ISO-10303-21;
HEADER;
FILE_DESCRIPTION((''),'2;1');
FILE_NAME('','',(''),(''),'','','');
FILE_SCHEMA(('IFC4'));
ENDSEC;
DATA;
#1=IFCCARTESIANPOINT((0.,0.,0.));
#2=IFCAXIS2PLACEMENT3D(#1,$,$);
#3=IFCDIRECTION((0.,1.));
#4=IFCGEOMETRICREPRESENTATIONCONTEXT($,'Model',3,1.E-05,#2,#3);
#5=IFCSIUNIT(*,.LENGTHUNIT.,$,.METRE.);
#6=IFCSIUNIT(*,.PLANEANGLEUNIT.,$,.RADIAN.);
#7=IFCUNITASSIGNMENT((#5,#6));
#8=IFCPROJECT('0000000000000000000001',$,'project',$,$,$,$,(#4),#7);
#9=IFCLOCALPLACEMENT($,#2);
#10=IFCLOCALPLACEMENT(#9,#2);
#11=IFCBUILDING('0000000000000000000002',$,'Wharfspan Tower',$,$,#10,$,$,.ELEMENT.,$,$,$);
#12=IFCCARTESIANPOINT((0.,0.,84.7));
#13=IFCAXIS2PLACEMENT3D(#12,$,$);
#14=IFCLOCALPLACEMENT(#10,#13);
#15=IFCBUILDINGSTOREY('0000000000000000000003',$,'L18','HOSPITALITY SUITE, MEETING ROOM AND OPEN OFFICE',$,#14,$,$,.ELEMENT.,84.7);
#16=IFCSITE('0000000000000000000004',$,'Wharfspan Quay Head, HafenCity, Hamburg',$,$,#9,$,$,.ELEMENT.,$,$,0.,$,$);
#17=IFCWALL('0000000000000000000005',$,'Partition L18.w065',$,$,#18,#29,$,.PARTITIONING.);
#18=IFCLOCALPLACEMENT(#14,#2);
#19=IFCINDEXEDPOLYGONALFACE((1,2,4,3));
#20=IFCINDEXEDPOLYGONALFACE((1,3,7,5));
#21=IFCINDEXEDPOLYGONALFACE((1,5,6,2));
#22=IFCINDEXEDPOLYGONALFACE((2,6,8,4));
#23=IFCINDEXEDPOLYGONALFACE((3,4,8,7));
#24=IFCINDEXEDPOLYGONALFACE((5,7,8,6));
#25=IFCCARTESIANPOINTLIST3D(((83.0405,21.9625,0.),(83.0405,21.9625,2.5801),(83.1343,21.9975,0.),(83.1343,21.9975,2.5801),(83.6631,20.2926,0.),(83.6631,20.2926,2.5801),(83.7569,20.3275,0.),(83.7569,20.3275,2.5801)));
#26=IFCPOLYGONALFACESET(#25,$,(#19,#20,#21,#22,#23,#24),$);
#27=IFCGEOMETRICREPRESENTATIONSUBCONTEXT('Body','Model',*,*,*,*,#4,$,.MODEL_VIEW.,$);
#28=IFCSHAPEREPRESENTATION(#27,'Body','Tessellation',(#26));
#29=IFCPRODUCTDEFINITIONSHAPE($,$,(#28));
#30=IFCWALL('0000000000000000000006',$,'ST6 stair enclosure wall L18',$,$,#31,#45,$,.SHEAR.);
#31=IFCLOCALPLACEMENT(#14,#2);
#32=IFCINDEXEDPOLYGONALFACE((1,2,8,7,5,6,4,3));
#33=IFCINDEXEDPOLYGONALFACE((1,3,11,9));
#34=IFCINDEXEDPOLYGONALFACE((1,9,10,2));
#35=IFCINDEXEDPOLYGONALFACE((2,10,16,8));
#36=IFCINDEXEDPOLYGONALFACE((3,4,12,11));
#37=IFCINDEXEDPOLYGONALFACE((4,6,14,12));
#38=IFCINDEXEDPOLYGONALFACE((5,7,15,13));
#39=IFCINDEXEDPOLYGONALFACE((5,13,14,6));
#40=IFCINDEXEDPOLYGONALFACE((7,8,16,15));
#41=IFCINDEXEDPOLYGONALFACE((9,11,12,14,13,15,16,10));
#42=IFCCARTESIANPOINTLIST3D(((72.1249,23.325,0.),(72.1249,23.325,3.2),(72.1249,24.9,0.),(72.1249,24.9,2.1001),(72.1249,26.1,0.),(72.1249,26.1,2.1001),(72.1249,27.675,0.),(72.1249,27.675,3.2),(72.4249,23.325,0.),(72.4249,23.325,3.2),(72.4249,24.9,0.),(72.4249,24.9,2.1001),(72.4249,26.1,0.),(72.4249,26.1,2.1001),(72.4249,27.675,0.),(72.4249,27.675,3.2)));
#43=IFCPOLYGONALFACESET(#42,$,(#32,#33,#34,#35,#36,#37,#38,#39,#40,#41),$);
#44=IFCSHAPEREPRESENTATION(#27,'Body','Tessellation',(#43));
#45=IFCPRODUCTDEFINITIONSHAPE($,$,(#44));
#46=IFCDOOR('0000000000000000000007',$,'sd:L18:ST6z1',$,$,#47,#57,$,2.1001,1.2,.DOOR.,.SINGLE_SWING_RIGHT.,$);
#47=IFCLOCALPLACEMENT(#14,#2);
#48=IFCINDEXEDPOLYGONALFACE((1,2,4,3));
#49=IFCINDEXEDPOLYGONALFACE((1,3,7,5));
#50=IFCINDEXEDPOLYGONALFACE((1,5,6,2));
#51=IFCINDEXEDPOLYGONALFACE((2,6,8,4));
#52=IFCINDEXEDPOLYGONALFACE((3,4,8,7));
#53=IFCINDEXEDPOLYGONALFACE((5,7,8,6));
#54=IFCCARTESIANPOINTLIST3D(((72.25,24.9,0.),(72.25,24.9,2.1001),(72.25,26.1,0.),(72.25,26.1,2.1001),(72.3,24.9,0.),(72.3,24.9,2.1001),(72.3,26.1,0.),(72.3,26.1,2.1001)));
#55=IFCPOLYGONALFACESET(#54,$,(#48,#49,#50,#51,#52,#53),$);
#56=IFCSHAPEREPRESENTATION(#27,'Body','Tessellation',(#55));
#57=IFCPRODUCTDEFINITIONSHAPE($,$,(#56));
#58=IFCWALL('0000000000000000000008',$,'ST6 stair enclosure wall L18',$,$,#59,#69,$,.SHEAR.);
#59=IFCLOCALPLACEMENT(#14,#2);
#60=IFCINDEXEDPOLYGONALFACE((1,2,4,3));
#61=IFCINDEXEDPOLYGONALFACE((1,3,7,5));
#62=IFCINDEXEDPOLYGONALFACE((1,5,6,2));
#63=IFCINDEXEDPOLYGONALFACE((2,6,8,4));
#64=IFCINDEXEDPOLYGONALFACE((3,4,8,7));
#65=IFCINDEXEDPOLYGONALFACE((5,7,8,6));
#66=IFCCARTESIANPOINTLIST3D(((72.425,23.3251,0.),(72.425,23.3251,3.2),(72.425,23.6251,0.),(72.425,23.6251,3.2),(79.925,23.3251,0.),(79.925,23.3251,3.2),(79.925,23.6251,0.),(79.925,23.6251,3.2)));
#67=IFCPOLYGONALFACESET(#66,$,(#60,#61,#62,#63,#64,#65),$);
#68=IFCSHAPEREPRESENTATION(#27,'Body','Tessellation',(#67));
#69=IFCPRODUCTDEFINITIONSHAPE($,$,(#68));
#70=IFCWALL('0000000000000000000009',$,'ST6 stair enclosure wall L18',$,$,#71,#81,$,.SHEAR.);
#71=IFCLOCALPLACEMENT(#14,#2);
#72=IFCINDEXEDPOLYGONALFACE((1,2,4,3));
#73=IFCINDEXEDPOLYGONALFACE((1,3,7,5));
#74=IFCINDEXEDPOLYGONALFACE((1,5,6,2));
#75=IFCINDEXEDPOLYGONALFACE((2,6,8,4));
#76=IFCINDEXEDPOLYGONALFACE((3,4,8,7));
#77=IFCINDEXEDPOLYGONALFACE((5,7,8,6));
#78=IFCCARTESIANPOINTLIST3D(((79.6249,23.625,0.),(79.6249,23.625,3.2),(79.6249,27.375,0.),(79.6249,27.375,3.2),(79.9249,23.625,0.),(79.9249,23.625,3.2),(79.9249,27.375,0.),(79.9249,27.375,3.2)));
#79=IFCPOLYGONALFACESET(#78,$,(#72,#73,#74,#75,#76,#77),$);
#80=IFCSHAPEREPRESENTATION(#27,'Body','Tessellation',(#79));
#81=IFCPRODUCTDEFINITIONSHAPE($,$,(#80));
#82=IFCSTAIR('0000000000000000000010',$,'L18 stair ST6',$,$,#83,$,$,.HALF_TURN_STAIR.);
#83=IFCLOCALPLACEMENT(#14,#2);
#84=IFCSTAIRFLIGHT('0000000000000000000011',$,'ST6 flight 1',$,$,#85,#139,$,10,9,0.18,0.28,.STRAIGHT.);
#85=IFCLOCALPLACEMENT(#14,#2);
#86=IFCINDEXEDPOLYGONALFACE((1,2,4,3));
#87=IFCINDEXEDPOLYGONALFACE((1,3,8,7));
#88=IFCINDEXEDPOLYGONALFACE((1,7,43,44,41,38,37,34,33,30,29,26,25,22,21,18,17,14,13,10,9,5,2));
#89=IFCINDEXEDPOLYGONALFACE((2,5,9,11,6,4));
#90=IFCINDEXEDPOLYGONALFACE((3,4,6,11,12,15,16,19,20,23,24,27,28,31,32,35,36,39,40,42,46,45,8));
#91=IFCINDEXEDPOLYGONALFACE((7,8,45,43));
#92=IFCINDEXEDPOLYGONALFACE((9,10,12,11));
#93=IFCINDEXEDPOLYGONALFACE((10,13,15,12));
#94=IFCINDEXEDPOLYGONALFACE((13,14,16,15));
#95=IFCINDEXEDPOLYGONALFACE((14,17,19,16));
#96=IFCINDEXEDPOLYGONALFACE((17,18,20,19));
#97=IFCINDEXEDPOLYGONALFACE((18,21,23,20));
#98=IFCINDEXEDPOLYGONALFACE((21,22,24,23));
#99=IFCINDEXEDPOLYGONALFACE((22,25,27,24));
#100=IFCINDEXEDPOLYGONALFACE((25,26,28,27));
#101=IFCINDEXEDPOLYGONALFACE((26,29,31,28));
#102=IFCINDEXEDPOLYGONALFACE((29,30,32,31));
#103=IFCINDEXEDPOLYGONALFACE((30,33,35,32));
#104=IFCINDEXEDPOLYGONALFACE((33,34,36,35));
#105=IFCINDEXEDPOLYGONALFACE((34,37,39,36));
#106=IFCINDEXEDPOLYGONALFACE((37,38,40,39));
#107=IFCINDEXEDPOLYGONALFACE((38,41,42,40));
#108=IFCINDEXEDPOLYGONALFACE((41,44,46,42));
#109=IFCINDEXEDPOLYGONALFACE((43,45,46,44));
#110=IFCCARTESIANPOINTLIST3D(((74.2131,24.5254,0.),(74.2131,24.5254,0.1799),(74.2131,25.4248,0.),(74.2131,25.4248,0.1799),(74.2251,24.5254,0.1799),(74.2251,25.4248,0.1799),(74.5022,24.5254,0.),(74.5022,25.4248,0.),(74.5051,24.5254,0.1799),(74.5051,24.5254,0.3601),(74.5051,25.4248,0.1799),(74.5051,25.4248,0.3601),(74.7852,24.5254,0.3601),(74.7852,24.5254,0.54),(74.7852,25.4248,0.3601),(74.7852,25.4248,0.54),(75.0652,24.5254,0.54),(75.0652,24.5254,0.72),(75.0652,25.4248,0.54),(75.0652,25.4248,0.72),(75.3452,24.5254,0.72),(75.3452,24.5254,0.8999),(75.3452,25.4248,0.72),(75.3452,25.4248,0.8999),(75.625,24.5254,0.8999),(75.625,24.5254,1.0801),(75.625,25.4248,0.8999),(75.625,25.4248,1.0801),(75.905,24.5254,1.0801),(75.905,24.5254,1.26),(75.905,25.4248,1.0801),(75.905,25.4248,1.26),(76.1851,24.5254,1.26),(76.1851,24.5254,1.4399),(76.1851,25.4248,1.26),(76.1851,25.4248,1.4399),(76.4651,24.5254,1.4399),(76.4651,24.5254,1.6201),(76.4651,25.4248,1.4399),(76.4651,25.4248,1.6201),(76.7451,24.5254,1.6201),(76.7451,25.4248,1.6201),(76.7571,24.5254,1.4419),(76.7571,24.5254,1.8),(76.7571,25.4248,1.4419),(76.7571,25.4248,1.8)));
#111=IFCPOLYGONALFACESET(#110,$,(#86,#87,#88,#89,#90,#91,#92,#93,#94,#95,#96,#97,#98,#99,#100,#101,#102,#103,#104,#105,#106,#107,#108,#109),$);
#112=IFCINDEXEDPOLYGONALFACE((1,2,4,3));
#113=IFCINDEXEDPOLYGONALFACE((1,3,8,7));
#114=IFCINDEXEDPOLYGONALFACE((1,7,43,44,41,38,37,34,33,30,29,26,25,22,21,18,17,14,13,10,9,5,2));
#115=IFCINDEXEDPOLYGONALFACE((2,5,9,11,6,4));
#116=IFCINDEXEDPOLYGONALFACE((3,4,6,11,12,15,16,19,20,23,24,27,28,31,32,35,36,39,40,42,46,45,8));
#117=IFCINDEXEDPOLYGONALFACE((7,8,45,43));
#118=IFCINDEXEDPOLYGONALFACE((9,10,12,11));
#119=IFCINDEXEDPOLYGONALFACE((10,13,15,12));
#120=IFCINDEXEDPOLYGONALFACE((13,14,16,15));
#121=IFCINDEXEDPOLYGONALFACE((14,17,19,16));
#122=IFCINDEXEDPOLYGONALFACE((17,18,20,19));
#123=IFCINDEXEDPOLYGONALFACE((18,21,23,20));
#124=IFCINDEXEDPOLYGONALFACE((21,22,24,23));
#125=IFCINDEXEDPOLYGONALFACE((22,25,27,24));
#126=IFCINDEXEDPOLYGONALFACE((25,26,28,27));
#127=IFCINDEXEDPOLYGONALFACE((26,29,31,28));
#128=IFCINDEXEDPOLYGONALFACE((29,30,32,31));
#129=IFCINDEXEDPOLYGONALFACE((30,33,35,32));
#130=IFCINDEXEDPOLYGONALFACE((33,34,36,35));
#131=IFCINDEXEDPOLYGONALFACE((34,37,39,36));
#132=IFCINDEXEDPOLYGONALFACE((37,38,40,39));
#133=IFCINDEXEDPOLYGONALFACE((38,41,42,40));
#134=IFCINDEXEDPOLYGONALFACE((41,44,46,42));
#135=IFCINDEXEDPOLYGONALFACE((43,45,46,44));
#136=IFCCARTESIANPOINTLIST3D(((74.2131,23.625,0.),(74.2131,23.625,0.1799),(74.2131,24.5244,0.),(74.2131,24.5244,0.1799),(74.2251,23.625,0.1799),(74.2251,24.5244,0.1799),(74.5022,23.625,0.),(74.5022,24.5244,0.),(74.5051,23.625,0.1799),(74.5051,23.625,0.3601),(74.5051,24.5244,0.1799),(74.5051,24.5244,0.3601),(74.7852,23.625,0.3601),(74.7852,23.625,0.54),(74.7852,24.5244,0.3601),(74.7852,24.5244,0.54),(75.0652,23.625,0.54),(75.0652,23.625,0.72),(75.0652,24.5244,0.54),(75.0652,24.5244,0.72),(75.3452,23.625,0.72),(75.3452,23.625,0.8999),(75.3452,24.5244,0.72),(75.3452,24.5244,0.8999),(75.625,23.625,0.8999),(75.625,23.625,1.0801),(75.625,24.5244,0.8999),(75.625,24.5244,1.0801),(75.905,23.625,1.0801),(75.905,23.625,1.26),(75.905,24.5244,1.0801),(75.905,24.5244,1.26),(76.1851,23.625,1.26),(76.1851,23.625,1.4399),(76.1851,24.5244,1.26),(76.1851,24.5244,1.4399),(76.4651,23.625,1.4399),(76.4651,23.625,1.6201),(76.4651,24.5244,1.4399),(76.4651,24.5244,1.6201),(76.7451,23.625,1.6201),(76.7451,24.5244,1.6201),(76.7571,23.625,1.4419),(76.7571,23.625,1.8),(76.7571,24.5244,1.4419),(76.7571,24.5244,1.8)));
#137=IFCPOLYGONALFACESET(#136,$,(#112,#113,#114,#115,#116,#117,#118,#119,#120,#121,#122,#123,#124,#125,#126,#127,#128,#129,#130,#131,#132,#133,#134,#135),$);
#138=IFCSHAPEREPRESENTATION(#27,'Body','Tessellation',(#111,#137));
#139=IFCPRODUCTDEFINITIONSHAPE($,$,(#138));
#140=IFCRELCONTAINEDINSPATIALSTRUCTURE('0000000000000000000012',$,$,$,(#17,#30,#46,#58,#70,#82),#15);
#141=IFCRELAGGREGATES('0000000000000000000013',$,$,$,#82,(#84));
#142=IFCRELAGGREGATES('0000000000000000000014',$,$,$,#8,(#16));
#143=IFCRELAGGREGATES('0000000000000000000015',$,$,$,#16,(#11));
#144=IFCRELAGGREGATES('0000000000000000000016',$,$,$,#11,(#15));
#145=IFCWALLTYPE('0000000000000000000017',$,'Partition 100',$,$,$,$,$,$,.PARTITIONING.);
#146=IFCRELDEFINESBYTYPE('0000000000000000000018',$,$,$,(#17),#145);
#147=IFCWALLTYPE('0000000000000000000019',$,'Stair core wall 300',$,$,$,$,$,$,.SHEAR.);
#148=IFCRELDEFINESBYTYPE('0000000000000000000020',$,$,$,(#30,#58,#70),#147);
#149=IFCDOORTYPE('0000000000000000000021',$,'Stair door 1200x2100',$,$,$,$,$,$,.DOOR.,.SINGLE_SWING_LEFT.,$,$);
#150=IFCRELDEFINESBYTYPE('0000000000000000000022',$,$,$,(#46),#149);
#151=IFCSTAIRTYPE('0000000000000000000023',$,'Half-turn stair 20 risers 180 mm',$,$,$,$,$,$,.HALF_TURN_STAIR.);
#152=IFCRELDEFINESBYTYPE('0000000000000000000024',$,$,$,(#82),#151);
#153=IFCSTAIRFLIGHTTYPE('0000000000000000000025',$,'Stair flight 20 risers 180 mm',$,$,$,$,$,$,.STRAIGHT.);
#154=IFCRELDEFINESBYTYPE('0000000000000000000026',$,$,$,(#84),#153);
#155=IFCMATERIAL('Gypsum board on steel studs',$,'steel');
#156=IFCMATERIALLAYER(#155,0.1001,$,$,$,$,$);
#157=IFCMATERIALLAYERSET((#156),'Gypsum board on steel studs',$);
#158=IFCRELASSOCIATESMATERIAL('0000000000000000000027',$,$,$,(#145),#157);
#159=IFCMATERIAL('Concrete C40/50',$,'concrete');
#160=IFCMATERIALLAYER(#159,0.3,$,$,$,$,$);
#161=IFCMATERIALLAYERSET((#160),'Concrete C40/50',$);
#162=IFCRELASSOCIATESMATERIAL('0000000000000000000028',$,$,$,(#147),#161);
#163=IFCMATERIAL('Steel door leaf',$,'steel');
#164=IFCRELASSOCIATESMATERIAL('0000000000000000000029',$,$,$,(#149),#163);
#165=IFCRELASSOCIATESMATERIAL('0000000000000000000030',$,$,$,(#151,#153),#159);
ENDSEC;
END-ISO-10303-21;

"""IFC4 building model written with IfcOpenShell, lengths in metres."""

from ifc_helpers import new_model, si_unit, direction, frame, frame_2d, origin, place, context, subcontext, project, spatial, polyline, rectangle, outline, extrude, material, layer, layer_set, type_object, element, fill, aggregate, save


model = new_model("IFC4")

# Units and contexts
model_context = context("Model", 3, precision=1e-05, world=origin(), true_north=direction((0.0, 1.0)))
body_context = subcontext(model_context, "Body", "Model", "MODEL_VIEW")
ifc_project = project(units=[si_unit("LENGTHUNIT", "METRE"), si_unit("PLANEANGLEUNIT", "RADIAN")], contexts=[model_context])

# Site, building, storey
site_placement = place(None, origin())
site = spatial("IfcSite", under=ifc_project, at=site_placement, Name="Wharfspan Quay Head, HafenCity, Hamburg", CompositionType="ELEMENT", RefElevation=0.0)
building_placement = place(site_placement, origin())
building = spatial("IfcBuilding", under=site, at=building_placement, Name="Wharfspan Tower", CompositionType="ELEMENT")
storey_placement = place(building_placement, frame((0.0, 0.0, 84.7)))
storey = spatial("IfcBuildingStorey", under=building, at=storey_placement, Name="L18", Description="HOSPITALITY SUITE, MEETING ROOM AND OPEN OFFICE", CompositionType="ELEMENT", Elevation=84.7)

# Shared definitions
ifc_material_1 = material(Name="Gypsum board on steel studs", Category="steel")

# Wall
ifc_layer_1 = layer(ifc_material_1, 0.1001)
ifc_layer_set_1 = layer_set([ifc_layer_1], Name="Gypsum board on steel studs")
wall_type_1 = type_object("IfcWallType", Name="Partition 100", PredefinedType="PARTITIONING", material=ifc_layer_set_1)
wall_1_placement = place(storey_placement, frame((83.71, 20.3101, 0.0), z_axis=(0.0, 0.0, 1.0), x_axis=(-0.349322, 0.937005, 0.0)))
element("IfcWall", 1, at=wall_1_placement, inside=storey, type_object=wall_type_1, Name="Partition L18.w065", PredefinedType="PARTITIONING", context=body_context, shape_type="SweptSolid", body=[
    extrude(rectangle(XDim=1.7822, YDim=0.1001, at=frame_2d((0.8911, 0.0))), origin(), (0.0, 0.0, 1.0), 2.5801),
])

# Wall, opening, door
ifc_material_2 = material(Name="Concrete C40/50", Category="concrete")
ifc_layer_2 = layer(ifc_material_2, 0.3)
ifc_layer_set_2 = layer_set([ifc_layer_2], Name="Concrete C40/50")
wall_type_2 = type_object("IfcWallType", Name="Stair core wall 300", PredefinedType="SHEAR", material=ifc_layer_set_2)
wall_2_placement = place(storey_placement, frame((72.2749, 23.325, 0.0), z_axis=(0.0, 0.0, 1.0), x_axis=(0.0, 1.0, 0.0)))
wall_2 = element("IfcWall", 2, at=wall_2_placement, inside=storey, type_object=wall_type_2, Name="ST6 stair enclosure wall L18", PredefinedType="SHEAR", context=body_context, shape_type="SweptSolid", body=[
    extrude(rectangle(XDim=4.3501, YDim=0.3, at=frame_2d((2.175, 0.0))), origin(), (0.0, 0.0, 1.0), 3.2),
])
opening_1_placement = place(wall_2_placement, frame((1.575, 0.0, 0.0)))
opening_1 = element("IfcOpeningElement", 3, at=opening_1_placement, cuts=wall_2, PredefinedType="OPENING", context=body_context, shape_type="SweptSolid", body=[
    extrude(rectangle(XDim=1.2, YDim=2.1001, at=frame_2d((0.6001, 1.05))), frame((0.0, 0.1599, 0.0), z_axis=(0.0, -1.0, 0.0), x_axis=(1.0, 0.0, 0.0)), (0.0, 0.0, 1.0), 0.3201),
])
ifc_material_3 = material(Name="Steel door leaf", Category="steel")
door_type_1 = type_object("IfcDoorType", Name="Stair door 1200x2100", OperationType="SINGLE_SWING_LEFT", PredefinedType="DOOR", material=ifc_material_3)
door_1_placement = place(opening_1_placement, origin())
door_1 = element("IfcDoor", 4, at=door_1_placement, inside=storey, type_object=door_type_1, Name="sd:L18:ST6z1", OperationType="SINGLE_SWING_RIGHT", OverallHeight=2.1001, OverallWidth=1.2, PredefinedType="DOOR", context=body_context, shape_type="SweptSolid", body=[
    extrude(rectangle(XDim=1.2, YDim=2.1001, at=frame_2d((0.6001, 1.05))), frame((0.0, 0.0249, 0.0), z_axis=(0.0, -1.0, 0.0), x_axis=(1.0, 0.0, 0.0)), (0.0, 0.0, 1.0), 0.05),
])
fill(opening_1, door_1)

# Walls
wall_3_placement = place(storey_placement, frame((72.425, 23.4751, 0.0), z_axis=(0.0, 0.0, 1.0), x_axis=(1.0, 0.0, 0.0)))
element("IfcWall", 5, at=wall_3_placement, inside=storey, type_object=wall_type_2, Name="ST6 stair enclosure wall L18", PredefinedType="SHEAR", context=body_context, shape_type="SweptSolid", body=[
    extrude(rectangle(XDim=7.5, YDim=0.3, at=frame_2d((3.75, 0.0))), origin(), (0.0, 0.0, 1.0), 3.2),
])
wall_4_placement = place(storey_placement, frame((79.7749, 23.625, 0.0), z_axis=(0.0, 0.0, 1.0), x_axis=(0.0, 1.0, 0.0)))
element("IfcWall", 6, at=wall_4_placement, inside=storey, type_object=wall_type_2, Name="ST6 stair enclosure wall L18", PredefinedType="SHEAR", context=body_context, shape_type="SweptSolid", body=[
    extrude(rectangle(XDim=3.75, YDim=0.3, at=frame_2d((1.875, 0.0))), origin(), (0.0, 0.0, 1.0), 3.2),
])

# Stair, stair flight
stair_type = type_object("IfcStairType", Name="Half-turn stair 20 risers 180 mm", PredefinedType="HALF_TURN_STAIR", material=ifc_material_2)
stair_placement = place(storey_placement, origin())
stair = element("IfcStair", 7, at=stair_placement, inside=storey, type_object=stair_type, Name="L18 stair ST6", PredefinedType="HALF_TURN_STAIR")
stair_flight_type = type_object("IfcStairFlightType", Name="Stair flight 20 risers 180 mm", PredefinedType="STRAIGHT", material=ifc_material_2)
stair_flight_placement = place(storey_placement, frame((74.2251, 24.5249, 0.0), z_axis=(0.0, 0.0, 1.0), x_axis=(1.0, 0.0, 0.0)))
stair_flight = element("IfcStairFlight", 8, at=stair_flight_placement, type_object=stair_flight_type, Name="ST6 flight 1", NumberOfRisers=10, NumberOfTreads=9, PredefinedType="STRAIGHT", RiserHeight=0.18, TreadLength=0.28, context=body_context, shape_type="SweptSolid", body=[
    extrude(outline(polyline([(-0.012, 0.0), (-0.012, 0.1799), (0.0, 0.1799), (0.28, 0.1799), (0.28, 0.3601), (0.5601, 0.3601), (0.5601, 0.54), (0.8401, 0.54), (0.8401, 0.72), (1.1201, 0.72), (1.1201, 0.8999), (1.3999, 0.8999), (1.3999, 1.0801), (1.6799, 1.0801), (1.6799, 1.26), (1.96, 1.26), (1.96, 1.4399), (2.24, 1.4399), (2.24, 1.6201), (2.52, 1.6201), (2.532, 1.8), (2.532, 1.4419), (0.2771, 0.0), (-0.012, 0.0)])), frame((0.0, 0.8999, 0.0), z_axis=(0.0, -1.0, 0.0), x_axis=(1.0, 0.0, 0.0)), (0.0, 0.0, 1.0), 0.8994),
    extrude(outline(polyline([(-0.012, 0.0), (-0.012, 0.1799), (0.0, 0.1799), (0.28, 0.1799), (0.28, 0.3601), (0.5601, 0.3601), (0.5601, 0.54), (0.8401, 0.54), (0.8401, 0.72), (1.1201, 0.72), (1.1201, 0.8999), (1.3999, 0.8999), (1.3999, 1.0801), (1.6799, 1.0801), (1.6799, 1.26), (1.96, 1.26), (1.96, 1.4399), (2.24, 1.4399), (2.24, 1.6201), (2.52, 1.6201), (2.532, 1.8), (2.532, 1.4419), (0.2771, 0.0), (-0.012, 0.0)])), frame((0.0, -0.0005, 0.0), z_axis=(0.0, -1.0, 0.0), x_axis=(1.0, 0.0, 0.0)), (0.0, 0.0, 1.0), 0.8994),
])
aggregate(stair, [stair_flight])

save(model, "model.ifc")
